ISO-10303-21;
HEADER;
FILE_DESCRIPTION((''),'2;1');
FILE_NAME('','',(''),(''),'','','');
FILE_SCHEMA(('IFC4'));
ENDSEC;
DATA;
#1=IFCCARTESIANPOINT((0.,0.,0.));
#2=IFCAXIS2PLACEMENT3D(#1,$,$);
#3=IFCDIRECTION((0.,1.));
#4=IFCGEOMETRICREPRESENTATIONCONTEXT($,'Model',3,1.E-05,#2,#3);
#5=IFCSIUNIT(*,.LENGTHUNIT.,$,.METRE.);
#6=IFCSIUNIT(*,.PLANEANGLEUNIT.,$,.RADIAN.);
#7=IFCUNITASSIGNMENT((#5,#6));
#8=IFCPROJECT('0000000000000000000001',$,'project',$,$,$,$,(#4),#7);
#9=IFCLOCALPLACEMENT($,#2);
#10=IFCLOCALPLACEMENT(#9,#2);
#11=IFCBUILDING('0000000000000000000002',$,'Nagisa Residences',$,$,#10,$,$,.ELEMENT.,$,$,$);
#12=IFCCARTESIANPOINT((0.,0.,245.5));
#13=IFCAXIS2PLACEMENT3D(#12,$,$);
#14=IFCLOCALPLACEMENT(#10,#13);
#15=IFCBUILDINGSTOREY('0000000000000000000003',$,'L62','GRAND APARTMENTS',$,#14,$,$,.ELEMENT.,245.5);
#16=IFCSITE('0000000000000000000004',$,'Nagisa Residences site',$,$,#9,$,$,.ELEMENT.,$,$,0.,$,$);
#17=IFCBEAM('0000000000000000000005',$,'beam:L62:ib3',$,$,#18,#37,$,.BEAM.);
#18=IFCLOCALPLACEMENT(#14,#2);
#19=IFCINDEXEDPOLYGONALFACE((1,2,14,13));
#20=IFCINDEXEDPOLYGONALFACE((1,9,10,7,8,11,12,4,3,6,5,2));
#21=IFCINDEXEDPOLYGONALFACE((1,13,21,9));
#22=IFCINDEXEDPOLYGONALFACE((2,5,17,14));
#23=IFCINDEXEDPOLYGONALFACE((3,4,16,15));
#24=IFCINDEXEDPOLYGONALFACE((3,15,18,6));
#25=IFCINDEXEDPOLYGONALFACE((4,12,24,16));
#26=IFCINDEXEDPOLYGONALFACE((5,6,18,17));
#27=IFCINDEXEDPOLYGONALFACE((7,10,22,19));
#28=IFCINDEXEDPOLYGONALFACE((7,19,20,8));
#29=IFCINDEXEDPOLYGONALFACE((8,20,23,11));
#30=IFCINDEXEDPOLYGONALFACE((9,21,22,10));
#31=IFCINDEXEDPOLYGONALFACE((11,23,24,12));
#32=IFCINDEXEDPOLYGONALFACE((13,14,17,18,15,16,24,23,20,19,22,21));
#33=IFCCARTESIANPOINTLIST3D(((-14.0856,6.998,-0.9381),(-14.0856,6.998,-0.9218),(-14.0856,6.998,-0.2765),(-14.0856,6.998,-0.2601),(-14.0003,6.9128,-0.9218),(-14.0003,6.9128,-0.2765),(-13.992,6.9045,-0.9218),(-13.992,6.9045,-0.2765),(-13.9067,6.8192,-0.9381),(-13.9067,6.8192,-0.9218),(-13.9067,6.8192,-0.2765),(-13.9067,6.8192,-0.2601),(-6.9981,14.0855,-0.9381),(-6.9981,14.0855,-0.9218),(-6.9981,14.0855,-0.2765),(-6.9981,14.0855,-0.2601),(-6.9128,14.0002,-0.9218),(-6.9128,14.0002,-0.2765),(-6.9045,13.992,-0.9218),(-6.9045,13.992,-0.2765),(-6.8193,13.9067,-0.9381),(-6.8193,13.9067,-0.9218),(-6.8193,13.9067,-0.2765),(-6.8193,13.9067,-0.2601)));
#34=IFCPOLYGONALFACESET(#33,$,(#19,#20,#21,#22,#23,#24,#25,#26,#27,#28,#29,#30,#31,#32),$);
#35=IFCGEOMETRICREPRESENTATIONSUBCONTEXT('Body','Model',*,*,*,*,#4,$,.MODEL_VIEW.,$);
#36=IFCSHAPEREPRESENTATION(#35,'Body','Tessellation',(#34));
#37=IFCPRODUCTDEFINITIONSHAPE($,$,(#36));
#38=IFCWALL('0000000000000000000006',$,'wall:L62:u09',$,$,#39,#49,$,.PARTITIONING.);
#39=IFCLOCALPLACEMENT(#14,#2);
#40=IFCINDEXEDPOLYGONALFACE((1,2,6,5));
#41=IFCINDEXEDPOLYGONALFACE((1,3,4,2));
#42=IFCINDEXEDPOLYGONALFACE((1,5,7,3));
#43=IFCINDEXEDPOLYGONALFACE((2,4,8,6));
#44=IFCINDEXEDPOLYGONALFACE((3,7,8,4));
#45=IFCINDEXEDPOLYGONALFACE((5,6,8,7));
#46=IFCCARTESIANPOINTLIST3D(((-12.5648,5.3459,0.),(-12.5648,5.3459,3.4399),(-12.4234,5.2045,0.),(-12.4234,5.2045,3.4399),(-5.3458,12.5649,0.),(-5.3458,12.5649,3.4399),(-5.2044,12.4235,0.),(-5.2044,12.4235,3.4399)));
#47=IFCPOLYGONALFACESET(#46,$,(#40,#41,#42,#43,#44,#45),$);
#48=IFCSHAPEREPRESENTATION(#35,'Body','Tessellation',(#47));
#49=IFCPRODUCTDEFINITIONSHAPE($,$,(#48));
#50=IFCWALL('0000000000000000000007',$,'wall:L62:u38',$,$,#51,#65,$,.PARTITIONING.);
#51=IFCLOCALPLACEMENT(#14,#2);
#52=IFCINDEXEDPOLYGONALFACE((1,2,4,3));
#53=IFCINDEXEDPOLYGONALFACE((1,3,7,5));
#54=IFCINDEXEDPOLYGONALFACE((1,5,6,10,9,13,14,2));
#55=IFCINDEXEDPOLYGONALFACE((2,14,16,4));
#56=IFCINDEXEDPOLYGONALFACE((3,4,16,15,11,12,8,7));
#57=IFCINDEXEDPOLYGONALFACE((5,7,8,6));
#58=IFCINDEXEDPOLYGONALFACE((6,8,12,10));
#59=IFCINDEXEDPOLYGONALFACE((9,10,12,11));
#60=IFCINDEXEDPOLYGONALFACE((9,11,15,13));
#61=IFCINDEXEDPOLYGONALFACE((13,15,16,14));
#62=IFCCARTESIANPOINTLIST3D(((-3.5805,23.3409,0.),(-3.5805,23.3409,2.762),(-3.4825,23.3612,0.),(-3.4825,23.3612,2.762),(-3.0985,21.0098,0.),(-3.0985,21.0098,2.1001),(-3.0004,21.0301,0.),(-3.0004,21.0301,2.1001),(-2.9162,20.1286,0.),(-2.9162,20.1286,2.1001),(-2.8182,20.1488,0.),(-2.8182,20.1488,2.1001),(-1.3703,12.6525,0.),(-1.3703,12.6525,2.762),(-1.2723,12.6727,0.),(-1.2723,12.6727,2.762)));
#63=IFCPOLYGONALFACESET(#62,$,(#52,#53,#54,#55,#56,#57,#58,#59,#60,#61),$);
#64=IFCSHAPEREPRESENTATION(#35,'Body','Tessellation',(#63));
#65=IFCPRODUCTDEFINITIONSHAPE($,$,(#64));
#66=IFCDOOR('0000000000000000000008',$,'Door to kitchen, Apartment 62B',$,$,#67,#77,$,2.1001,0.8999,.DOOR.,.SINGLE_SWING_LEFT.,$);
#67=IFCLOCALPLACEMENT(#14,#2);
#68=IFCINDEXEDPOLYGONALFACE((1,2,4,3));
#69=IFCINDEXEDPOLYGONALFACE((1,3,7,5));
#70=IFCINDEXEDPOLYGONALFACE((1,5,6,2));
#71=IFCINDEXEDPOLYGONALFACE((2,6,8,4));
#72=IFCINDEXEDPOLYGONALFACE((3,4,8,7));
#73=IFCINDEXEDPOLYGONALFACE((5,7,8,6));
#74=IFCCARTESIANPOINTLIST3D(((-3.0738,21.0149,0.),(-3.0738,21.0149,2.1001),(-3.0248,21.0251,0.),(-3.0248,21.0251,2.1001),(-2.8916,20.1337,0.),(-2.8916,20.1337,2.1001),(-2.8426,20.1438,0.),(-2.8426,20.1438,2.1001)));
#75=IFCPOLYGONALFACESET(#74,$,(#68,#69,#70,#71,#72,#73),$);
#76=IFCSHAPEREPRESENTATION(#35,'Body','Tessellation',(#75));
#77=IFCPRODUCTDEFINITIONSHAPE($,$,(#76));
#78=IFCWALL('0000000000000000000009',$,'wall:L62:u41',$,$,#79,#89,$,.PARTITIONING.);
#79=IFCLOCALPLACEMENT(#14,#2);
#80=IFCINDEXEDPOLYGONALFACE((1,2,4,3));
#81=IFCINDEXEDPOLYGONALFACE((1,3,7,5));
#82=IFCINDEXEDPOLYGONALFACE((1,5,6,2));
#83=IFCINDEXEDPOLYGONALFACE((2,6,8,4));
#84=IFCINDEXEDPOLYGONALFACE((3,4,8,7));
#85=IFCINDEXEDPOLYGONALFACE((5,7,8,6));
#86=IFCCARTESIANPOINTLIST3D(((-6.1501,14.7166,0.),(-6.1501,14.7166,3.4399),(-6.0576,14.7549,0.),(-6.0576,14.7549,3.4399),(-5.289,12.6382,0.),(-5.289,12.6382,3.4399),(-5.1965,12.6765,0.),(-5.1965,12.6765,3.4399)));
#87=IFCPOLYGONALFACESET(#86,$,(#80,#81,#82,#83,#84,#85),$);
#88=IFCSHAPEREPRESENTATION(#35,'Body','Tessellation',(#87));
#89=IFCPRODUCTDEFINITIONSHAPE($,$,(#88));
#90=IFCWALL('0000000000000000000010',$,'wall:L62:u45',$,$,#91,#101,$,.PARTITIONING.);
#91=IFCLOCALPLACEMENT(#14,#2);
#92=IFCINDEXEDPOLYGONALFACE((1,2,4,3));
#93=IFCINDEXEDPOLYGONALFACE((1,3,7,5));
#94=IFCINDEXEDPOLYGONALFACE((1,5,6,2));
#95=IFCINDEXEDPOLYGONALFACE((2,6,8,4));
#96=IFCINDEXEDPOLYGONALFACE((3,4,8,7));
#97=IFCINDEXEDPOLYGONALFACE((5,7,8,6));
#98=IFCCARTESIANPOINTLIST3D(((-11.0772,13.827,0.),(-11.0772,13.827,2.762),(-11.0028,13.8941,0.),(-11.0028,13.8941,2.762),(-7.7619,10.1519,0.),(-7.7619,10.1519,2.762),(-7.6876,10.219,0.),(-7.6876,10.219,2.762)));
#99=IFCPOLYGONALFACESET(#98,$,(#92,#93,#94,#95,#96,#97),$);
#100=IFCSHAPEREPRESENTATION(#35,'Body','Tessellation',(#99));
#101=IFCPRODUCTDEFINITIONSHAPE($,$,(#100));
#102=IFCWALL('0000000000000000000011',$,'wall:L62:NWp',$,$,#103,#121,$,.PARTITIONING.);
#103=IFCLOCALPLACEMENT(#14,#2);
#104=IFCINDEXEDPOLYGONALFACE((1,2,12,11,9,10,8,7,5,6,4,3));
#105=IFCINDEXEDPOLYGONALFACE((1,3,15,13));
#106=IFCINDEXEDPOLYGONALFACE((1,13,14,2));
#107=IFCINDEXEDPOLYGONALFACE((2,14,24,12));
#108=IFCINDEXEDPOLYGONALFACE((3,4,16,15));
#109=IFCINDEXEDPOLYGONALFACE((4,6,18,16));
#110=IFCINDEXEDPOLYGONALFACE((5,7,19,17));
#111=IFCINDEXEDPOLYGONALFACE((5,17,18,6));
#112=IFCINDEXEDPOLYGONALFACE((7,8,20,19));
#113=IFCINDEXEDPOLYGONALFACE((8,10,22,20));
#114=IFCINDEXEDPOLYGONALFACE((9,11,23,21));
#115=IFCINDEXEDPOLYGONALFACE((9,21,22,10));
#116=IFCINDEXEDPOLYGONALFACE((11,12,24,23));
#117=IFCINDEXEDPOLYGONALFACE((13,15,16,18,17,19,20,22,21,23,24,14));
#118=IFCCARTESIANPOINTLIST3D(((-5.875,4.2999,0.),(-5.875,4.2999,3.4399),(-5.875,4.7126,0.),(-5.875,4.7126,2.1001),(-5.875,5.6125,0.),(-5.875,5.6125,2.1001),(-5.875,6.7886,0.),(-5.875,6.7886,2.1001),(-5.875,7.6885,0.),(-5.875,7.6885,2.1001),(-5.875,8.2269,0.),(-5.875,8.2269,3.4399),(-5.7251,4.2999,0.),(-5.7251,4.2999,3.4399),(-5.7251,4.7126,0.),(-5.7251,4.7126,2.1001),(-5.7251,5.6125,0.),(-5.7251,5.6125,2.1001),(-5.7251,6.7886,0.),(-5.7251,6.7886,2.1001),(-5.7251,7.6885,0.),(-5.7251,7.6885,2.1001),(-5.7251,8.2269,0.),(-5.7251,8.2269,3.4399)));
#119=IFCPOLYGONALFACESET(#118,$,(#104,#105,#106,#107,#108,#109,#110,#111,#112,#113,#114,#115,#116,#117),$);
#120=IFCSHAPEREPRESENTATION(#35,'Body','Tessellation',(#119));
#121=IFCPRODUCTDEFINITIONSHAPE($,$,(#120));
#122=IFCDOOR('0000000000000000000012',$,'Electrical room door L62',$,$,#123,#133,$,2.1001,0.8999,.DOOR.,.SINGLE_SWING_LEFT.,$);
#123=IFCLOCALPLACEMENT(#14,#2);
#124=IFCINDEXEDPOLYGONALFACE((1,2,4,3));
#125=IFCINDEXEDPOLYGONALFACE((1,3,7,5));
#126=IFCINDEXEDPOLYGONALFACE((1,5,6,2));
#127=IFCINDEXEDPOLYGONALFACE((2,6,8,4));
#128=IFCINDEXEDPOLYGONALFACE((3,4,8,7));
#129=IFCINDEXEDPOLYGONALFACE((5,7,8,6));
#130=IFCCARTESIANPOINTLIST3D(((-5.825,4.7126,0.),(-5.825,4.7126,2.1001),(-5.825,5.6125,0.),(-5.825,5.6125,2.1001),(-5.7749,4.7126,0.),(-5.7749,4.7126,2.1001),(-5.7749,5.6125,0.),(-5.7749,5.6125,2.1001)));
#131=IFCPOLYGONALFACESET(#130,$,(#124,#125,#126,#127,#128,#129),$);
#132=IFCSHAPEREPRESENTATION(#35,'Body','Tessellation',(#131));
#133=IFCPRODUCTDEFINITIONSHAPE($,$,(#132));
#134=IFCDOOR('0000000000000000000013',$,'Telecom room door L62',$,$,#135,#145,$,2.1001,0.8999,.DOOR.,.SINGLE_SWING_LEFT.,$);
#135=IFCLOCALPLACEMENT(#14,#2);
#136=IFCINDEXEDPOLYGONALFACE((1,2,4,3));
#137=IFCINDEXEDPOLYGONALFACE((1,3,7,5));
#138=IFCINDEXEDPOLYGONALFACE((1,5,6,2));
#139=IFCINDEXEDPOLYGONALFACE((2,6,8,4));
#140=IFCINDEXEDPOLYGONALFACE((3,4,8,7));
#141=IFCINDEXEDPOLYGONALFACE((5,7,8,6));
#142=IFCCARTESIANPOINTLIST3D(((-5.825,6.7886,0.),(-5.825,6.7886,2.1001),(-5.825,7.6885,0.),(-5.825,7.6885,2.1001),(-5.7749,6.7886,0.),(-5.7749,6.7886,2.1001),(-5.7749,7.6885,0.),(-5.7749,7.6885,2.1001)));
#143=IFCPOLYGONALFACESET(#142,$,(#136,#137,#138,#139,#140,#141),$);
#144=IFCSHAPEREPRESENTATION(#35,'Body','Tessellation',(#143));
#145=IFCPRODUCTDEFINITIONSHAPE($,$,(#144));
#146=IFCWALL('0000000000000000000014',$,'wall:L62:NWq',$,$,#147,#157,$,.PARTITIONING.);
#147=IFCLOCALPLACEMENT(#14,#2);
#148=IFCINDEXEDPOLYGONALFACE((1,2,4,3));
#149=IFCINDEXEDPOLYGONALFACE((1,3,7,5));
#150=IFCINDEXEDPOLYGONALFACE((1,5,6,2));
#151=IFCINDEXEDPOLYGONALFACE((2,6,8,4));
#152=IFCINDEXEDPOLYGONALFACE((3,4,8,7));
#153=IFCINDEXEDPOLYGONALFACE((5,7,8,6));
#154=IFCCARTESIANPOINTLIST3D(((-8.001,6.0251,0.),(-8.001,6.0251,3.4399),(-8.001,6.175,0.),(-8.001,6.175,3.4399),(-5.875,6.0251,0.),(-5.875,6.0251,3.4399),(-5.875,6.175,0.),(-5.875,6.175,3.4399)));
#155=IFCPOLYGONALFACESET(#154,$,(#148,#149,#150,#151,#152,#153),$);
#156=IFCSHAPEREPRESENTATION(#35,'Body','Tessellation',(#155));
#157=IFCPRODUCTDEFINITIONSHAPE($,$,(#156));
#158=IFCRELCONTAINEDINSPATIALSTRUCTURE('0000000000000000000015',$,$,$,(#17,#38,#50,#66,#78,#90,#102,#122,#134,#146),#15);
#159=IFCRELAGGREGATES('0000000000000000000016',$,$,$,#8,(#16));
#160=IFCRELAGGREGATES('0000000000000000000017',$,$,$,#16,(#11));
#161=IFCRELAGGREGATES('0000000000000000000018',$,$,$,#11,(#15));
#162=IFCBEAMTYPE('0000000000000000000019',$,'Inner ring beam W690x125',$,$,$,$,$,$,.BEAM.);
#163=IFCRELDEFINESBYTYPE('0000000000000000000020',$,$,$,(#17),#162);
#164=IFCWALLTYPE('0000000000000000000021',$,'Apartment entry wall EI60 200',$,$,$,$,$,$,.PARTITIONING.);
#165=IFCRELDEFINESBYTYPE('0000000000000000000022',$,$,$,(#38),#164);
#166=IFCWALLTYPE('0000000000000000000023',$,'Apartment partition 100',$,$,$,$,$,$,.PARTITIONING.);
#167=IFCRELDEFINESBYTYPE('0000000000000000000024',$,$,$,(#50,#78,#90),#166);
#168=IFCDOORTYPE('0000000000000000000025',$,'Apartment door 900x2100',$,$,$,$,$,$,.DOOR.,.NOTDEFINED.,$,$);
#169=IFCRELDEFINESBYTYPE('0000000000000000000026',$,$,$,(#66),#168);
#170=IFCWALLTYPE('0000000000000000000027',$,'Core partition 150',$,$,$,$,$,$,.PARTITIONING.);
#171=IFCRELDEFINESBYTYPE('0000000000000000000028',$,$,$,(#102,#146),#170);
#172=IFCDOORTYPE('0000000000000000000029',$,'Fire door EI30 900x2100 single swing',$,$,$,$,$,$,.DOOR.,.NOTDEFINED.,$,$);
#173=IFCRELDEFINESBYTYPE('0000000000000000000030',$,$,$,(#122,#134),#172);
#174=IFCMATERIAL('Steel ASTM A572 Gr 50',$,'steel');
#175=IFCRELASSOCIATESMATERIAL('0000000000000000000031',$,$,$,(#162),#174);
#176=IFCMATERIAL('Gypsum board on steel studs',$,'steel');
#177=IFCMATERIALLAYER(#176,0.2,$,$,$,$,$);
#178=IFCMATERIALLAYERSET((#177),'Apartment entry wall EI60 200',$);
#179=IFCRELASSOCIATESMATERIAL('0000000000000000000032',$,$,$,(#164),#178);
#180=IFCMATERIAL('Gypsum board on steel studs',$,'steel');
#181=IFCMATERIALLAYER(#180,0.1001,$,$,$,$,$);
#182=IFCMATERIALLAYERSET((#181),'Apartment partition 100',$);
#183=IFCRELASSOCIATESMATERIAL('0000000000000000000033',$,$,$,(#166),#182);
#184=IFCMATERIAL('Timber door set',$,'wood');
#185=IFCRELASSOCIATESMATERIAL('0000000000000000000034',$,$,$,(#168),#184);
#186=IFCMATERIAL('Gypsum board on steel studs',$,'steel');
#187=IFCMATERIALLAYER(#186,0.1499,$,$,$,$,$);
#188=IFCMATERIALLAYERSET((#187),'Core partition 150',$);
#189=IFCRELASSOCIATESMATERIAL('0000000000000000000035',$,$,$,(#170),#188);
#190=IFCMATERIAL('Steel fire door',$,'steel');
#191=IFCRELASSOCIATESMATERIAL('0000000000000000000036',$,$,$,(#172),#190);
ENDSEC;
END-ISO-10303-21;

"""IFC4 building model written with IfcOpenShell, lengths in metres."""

from ifc_helpers import new_model, si_unit, direction, frame, frame_2d, origin, origin_2d, place, context, subcontext, project, spatial, rectangle, i_section, extrude, material, layer, layer_set, material_profile, profile_set, type_object, element, fill, save


model = new_model("IFC4")

# Units and contexts
model_context = context("Model", 3, precision=1e-05, world=origin(), true_north=direction((0.0, 1.0)))
body_context = subcontext(model_context, "Body", "Model", "MODEL_VIEW")
ifc_project = project(units=[si_unit("LENGTHUNIT", "METRE"), si_unit("PLANEANGLEUNIT", "RADIAN")], contexts=[model_context])

# Site, building, storey
site_placement = place(None, origin())
site = spatial("IfcSite", under=ifc_project, at=site_placement, Name="Nagisa Residences site", CompositionType="ELEMENT", RefElevation=0.0)
building_placement = place(site_placement, origin())
building = spatial("IfcBuilding", under=site, at=building_placement, Name="Nagisa Residences", CompositionType="ELEMENT")
storey_placement = place(building_placement, frame((0.0, 0.0, 245.5)))
storey = spatial("IfcBuildingStorey", under=building, at=storey_placement, Name="L62", Description="GRAND APARTMENTS", CompositionType="ELEMENT", Elevation=245.5)

# Beam
ifc_material_1 = material(Name="Steel ASTM A572 Gr 50", Category="steel")
ifc_material_profile = material_profile(ifc_material_1, i_section(OverallWidth=0.2529, OverallDepth=0.678, WebThickness=0.0117, FlangeThickness=0.0164, at=origin_2d()), Name="W690x125")
ifc_profile_set = profile_set([ifc_material_profile], Name="Steel ASTM A572 Gr 50")
beam_type = type_object("IfcBeamType", Name="Inner ring beam W690x125", PredefinedType="BEAM", material=ifc_profile_set)
beam_placement = place(storey_placement, frame((-6.9087, 13.9961, -0.5991), z_axis=(-0.707107, -0.707107, 0.0), x_axis=(0.707107, -0.707107, 0.0)))
element("IfcBeam", 1, at=beam_placement, inside=storey, type_object=beam_type, Name="beam:L62:ib3", PredefinedType="BEAM", context=body_context, shape_type="SweptSolid", body=[
    extrude(i_section(OverallWidth=0.2529, OverallDepth=0.678, WebThickness=0.0117, FlangeThickness=0.0164, at=origin_2d()), origin(), (0.0, 0.0, 1.0), 10.0232),
])

# Wall
ifc_material_2 = material(Name="Gypsum board on steel studs", Category="steel")
ifc_layer_1 = layer(ifc_material_2, 0.2)
ifc_layer_set_1 = layer_set([ifc_layer_1], Name="Apartment entry wall EI60 200")
wall_type_1 = type_object("IfcWallType", Name="Apartment entry wall EI60 200", PredefinedType="PARTITIONING", material=ifc_layer_set_1)
wall_1_placement = place(storey_placement, frame((-5.2751, 12.4941, 0.0), z_axis=(0.0, 0.0, 1.0), x_axis=(-0.707107, -0.707107, 0.0)))
element("IfcWall", 2, at=wall_1_placement, inside=storey, type_object=wall_type_1, Name="wall:L62:u09", PredefinedType="PARTITIONING", context=body_context, shape_type="SweptSolid", body=[
    extrude(rectangle(XDim=10.2092, YDim=0.2, at=frame_2d((5.1045, 0.0))), origin(), (0.0, 0.0, 1.0), 3.4399),
])

# Wall, opening, door
ifc_material_3 = material(Name="Gypsum board on steel studs", Category="steel")
ifc_layer_2 = layer(ifc_material_3, 0.1001)
ifc_layer_set_2 = layer_set([ifc_layer_2], Name="Apartment partition 100")
wall_type_2 = type_object("IfcWallType", Name="Apartment partition 100", PredefinedType="PARTITIONING", material=ifc_layer_set_2)
wall_2_placement = place(storey_placement, frame((-1.3213, 12.6626, 0.0), z_axis=(0.0, 0.0, 1.0), x_axis=(-0.2025, 0.979282, 0.0)))
wall_2 = element("IfcWall", 3, at=wall_2_placement, inside=storey, type_object=wall_type_2, Name="wall:L62:u38", PredefinedType="PARTITIONING", context=body_context, shape_type="SweptSolid", body=[
    extrude(rectangle(XDim=10.9146, YDim=0.1001, at=frame_2d((5.4573, 0.0))), origin(), (0.0, 0.0, 1.0), 2.762),
])
opening_1_placement = place(wall_2_placement, frame((7.6343, 0.0, 0.0)))
opening_1 = element("IfcOpeningElement", 4, at=opening_1_placement, cuts=wall_2, PredefinedType="OPENING", context=body_context, shape_type="SweptSolid", body=[
    extrude(rectangle(XDim=0.8999, YDim=2.1001, at=frame_2d((0.45, 1.05))), frame((0.0, 0.0601, 0.0), z_axis=(0.0, -1.0, 0.0), x_axis=(1.0, 0.0, 0.0)), (0.0, 0.0, 1.0), 0.1201),
])
ifc_material_4 = material(Name="Timber door set", Category="wood")
door_type_1 = type_object("IfcDoorType", Name="Apartment door 900x2100", OperationType="NOTDEFINED", PredefinedType="DOOR", material=ifc_material_4)
door_1_placement = place(opening_1_placement, origin())
door_1 = element("IfcDoor", 5, at=door_1_placement, inside=storey, type_object=door_type_1, Name="Door to kitchen, Apartment 62B", OperationType="SINGLE_SWING_LEFT", OverallHeight=2.1001, OverallWidth=0.8999, PredefinedType="DOOR", context=body_context, shape_type="SweptSolid", body=[
    extrude(rectangle(XDim=0.8999, YDim=2.1001, at=frame_2d((0.45, 1.05))), frame((0.0, 0.0249, 0.0), z_axis=(0.0, -1.0, 0.0), x_axis=(1.0, 0.0, 0.0)), (0.0, 0.0, 1.0), 0.05),
])
fill(opening_1, door_1)

# Walls
wall_3_placement = place(storey_placement, frame((-5.2427, 12.6572, 0.0), z_axis=(0.0, 0.0, 1.0), x_axis=(-0.382758, 0.923849, 0.0)))
element("IfcWall", 6, at=wall_3_placement, inside=storey, type_object=wall_type_2, Name="wall:L62:u41", PredefinedType="PARTITIONING", context=body_context, shape_type="SweptSolid", body=[
    extrude(rectangle(XDim=2.2498, YDim=0.1001, at=frame_2d((1.125, 0.0))), origin(), (0.0, 0.0, 1.0), 3.4399),
])
wall_4_placement = place(storey_placement, frame((-7.7249, 10.1855, 0.0), z_axis=(0.0, 0.0, 1.0), x_axis=(-0.669817, 0.742526, 0.0)))
element("IfcWall", 7, at=wall_4_placement, inside=storey, type_object=wall_type_2, Name="wall:L62:u45", PredefinedType="PARTITIONING", context=body_context, shape_type="SweptSolid", body=[
    extrude(rectangle(XDim=4.9495, YDim=0.1001, at=frame_2d((2.4746, 0.0))), origin(), (0.0, 0.0, 1.0), 2.762),
])

# Wall, openings, doors
ifc_material_5 = material(Name="Gypsum board on steel studs", Category="steel")
ifc_layer_3 = layer(ifc_material_5, 0.1499)
ifc_layer_set_3 = layer_set([ifc_layer_3], Name="Core partition 150")
wall_type_3 = type_object("IfcWallType", Name="Core partition 150", PredefinedType="PARTITIONING", material=ifc_layer_set_3)
wall_5_placement = place(storey_placement, frame((-5.8, 4.3, 0.0), z_axis=(0.0, 0.0, 1.0), x_axis=(0.0, 1.0, 0.0)))
wall_5 = element("IfcWall", 8, at=wall_5_placement, inside=storey, type_object=wall_type_3, Name="wall:L62:NWp", PredefinedType="PARTITIONING", context=body_context, shape_type="SweptSolid", body=[
    extrude(rectangle(XDim=3.927, YDim=0.1499, at=frame_2d((1.9634, 0.0))), origin(), (0.0, 0.0, 1.0), 3.4399),
])
opening_2_placement = place(wall_5_placement, frame((0.4126, 0.0, 0.0)))
opening_2 = element("IfcOpeningElement", 9, at=opening_2_placement, cuts=wall_5, PredefinedType="OPENING", context=body_context, shape_type="SweptSolid", body=[
    extrude(rectangle(XDim=0.8999, YDim=2.1001, at=frame_2d((0.45, 1.05))), frame((0.0, 0.085, 0.0), z_axis=(0.0, -1.0, 0.0), x_axis=(1.0, 0.0, 0.0)), (0.0, 0.0, 1.0), 0.1699),
])
opening_3_placement = place(wall_5_placement, frame((2.4885, 0.0, 0.0)))
opening_3 = element("IfcOpeningElement", 10, at=opening_3_placement, cuts=wall_5, PredefinedType="OPENING", context=body_context, shape_type="SweptSolid", body=[
    extrude(rectangle(XDim=0.8999, YDim=2.1001, at=frame_2d((0.45, 1.05))), frame((0.0, 0.085, 0.0), z_axis=(0.0, -1.0, 0.0), x_axis=(1.0, 0.0, 0.0)), (0.0, 0.0, 1.0), 0.1699),
])
ifc_material_6 = material(Name="Steel fire door", Category="steel")
door_type_2 = type_object("IfcDoorType", Name="Fire door EI30 900x2100 single swing", OperationType="NOTDEFINED", PredefinedType="DOOR", material=ifc_material_6)
door_2_placement = place(opening_2_placement, origin())
door_2 = element("IfcDoor", 11, at=door_2_placement, inside=storey, type_object=door_type_2, Name="Electrical room door L62", OperationType="SINGLE_SWING_LEFT", OverallHeight=2.1001, OverallWidth=0.8999, PredefinedType="DOOR", context=body_context, shape_type="SweptSolid", body=[
    extrude(rectangle(XDim=0.8999, YDim=2.1001, at=frame_2d((0.45, 1.05))), frame((0.0, 0.0249, 0.0), z_axis=(0.0, -1.0, 0.0), x_axis=(1.0, 0.0, 0.0)), (0.0, 0.0, 1.0), 0.05),
])
fill(opening_2, door_2)
door_3_placement = place(opening_3_placement, origin())
door_3 = element("IfcDoor", 12, at=door_3_placement, inside=storey, type_object=door_type_2, Name="Telecom room door L62", OperationType="SINGLE_SWING_LEFT", OverallHeight=2.1001, OverallWidth=0.8999, PredefinedType="DOOR", context=body_context, shape_type="SweptSolid", body=[
    extrude(rectangle(XDim=0.8999, YDim=2.1001, at=frame_2d((0.45, 1.05))), frame((0.0, 0.0249, 0.0), z_axis=(0.0, -1.0, 0.0), x_axis=(1.0, 0.0, 0.0)), (0.0, 0.0, 1.0), 0.05),
])
fill(opening_3, door_3)

# Wall
wall_6_placement = place(storey_placement, frame((-8.001, 6.1001, 0.0), z_axis=(0.0, 0.0, 1.0), x_axis=(1.0, 0.0, 0.0)))
element("IfcWall", 13, at=wall_6_placement, inside=storey, type_object=wall_type_3, Name="wall:L62:NWq", PredefinedType="PARTITIONING", context=body_context, shape_type="SweptSolid", body=[
    extrude(rectangle(XDim=2.126, YDim=0.1499, at=frame_2d((1.063, 0.0))), origin(), (0.0, 0.0, 1.0), 3.4399),
])

save(model, "model.ifc")
